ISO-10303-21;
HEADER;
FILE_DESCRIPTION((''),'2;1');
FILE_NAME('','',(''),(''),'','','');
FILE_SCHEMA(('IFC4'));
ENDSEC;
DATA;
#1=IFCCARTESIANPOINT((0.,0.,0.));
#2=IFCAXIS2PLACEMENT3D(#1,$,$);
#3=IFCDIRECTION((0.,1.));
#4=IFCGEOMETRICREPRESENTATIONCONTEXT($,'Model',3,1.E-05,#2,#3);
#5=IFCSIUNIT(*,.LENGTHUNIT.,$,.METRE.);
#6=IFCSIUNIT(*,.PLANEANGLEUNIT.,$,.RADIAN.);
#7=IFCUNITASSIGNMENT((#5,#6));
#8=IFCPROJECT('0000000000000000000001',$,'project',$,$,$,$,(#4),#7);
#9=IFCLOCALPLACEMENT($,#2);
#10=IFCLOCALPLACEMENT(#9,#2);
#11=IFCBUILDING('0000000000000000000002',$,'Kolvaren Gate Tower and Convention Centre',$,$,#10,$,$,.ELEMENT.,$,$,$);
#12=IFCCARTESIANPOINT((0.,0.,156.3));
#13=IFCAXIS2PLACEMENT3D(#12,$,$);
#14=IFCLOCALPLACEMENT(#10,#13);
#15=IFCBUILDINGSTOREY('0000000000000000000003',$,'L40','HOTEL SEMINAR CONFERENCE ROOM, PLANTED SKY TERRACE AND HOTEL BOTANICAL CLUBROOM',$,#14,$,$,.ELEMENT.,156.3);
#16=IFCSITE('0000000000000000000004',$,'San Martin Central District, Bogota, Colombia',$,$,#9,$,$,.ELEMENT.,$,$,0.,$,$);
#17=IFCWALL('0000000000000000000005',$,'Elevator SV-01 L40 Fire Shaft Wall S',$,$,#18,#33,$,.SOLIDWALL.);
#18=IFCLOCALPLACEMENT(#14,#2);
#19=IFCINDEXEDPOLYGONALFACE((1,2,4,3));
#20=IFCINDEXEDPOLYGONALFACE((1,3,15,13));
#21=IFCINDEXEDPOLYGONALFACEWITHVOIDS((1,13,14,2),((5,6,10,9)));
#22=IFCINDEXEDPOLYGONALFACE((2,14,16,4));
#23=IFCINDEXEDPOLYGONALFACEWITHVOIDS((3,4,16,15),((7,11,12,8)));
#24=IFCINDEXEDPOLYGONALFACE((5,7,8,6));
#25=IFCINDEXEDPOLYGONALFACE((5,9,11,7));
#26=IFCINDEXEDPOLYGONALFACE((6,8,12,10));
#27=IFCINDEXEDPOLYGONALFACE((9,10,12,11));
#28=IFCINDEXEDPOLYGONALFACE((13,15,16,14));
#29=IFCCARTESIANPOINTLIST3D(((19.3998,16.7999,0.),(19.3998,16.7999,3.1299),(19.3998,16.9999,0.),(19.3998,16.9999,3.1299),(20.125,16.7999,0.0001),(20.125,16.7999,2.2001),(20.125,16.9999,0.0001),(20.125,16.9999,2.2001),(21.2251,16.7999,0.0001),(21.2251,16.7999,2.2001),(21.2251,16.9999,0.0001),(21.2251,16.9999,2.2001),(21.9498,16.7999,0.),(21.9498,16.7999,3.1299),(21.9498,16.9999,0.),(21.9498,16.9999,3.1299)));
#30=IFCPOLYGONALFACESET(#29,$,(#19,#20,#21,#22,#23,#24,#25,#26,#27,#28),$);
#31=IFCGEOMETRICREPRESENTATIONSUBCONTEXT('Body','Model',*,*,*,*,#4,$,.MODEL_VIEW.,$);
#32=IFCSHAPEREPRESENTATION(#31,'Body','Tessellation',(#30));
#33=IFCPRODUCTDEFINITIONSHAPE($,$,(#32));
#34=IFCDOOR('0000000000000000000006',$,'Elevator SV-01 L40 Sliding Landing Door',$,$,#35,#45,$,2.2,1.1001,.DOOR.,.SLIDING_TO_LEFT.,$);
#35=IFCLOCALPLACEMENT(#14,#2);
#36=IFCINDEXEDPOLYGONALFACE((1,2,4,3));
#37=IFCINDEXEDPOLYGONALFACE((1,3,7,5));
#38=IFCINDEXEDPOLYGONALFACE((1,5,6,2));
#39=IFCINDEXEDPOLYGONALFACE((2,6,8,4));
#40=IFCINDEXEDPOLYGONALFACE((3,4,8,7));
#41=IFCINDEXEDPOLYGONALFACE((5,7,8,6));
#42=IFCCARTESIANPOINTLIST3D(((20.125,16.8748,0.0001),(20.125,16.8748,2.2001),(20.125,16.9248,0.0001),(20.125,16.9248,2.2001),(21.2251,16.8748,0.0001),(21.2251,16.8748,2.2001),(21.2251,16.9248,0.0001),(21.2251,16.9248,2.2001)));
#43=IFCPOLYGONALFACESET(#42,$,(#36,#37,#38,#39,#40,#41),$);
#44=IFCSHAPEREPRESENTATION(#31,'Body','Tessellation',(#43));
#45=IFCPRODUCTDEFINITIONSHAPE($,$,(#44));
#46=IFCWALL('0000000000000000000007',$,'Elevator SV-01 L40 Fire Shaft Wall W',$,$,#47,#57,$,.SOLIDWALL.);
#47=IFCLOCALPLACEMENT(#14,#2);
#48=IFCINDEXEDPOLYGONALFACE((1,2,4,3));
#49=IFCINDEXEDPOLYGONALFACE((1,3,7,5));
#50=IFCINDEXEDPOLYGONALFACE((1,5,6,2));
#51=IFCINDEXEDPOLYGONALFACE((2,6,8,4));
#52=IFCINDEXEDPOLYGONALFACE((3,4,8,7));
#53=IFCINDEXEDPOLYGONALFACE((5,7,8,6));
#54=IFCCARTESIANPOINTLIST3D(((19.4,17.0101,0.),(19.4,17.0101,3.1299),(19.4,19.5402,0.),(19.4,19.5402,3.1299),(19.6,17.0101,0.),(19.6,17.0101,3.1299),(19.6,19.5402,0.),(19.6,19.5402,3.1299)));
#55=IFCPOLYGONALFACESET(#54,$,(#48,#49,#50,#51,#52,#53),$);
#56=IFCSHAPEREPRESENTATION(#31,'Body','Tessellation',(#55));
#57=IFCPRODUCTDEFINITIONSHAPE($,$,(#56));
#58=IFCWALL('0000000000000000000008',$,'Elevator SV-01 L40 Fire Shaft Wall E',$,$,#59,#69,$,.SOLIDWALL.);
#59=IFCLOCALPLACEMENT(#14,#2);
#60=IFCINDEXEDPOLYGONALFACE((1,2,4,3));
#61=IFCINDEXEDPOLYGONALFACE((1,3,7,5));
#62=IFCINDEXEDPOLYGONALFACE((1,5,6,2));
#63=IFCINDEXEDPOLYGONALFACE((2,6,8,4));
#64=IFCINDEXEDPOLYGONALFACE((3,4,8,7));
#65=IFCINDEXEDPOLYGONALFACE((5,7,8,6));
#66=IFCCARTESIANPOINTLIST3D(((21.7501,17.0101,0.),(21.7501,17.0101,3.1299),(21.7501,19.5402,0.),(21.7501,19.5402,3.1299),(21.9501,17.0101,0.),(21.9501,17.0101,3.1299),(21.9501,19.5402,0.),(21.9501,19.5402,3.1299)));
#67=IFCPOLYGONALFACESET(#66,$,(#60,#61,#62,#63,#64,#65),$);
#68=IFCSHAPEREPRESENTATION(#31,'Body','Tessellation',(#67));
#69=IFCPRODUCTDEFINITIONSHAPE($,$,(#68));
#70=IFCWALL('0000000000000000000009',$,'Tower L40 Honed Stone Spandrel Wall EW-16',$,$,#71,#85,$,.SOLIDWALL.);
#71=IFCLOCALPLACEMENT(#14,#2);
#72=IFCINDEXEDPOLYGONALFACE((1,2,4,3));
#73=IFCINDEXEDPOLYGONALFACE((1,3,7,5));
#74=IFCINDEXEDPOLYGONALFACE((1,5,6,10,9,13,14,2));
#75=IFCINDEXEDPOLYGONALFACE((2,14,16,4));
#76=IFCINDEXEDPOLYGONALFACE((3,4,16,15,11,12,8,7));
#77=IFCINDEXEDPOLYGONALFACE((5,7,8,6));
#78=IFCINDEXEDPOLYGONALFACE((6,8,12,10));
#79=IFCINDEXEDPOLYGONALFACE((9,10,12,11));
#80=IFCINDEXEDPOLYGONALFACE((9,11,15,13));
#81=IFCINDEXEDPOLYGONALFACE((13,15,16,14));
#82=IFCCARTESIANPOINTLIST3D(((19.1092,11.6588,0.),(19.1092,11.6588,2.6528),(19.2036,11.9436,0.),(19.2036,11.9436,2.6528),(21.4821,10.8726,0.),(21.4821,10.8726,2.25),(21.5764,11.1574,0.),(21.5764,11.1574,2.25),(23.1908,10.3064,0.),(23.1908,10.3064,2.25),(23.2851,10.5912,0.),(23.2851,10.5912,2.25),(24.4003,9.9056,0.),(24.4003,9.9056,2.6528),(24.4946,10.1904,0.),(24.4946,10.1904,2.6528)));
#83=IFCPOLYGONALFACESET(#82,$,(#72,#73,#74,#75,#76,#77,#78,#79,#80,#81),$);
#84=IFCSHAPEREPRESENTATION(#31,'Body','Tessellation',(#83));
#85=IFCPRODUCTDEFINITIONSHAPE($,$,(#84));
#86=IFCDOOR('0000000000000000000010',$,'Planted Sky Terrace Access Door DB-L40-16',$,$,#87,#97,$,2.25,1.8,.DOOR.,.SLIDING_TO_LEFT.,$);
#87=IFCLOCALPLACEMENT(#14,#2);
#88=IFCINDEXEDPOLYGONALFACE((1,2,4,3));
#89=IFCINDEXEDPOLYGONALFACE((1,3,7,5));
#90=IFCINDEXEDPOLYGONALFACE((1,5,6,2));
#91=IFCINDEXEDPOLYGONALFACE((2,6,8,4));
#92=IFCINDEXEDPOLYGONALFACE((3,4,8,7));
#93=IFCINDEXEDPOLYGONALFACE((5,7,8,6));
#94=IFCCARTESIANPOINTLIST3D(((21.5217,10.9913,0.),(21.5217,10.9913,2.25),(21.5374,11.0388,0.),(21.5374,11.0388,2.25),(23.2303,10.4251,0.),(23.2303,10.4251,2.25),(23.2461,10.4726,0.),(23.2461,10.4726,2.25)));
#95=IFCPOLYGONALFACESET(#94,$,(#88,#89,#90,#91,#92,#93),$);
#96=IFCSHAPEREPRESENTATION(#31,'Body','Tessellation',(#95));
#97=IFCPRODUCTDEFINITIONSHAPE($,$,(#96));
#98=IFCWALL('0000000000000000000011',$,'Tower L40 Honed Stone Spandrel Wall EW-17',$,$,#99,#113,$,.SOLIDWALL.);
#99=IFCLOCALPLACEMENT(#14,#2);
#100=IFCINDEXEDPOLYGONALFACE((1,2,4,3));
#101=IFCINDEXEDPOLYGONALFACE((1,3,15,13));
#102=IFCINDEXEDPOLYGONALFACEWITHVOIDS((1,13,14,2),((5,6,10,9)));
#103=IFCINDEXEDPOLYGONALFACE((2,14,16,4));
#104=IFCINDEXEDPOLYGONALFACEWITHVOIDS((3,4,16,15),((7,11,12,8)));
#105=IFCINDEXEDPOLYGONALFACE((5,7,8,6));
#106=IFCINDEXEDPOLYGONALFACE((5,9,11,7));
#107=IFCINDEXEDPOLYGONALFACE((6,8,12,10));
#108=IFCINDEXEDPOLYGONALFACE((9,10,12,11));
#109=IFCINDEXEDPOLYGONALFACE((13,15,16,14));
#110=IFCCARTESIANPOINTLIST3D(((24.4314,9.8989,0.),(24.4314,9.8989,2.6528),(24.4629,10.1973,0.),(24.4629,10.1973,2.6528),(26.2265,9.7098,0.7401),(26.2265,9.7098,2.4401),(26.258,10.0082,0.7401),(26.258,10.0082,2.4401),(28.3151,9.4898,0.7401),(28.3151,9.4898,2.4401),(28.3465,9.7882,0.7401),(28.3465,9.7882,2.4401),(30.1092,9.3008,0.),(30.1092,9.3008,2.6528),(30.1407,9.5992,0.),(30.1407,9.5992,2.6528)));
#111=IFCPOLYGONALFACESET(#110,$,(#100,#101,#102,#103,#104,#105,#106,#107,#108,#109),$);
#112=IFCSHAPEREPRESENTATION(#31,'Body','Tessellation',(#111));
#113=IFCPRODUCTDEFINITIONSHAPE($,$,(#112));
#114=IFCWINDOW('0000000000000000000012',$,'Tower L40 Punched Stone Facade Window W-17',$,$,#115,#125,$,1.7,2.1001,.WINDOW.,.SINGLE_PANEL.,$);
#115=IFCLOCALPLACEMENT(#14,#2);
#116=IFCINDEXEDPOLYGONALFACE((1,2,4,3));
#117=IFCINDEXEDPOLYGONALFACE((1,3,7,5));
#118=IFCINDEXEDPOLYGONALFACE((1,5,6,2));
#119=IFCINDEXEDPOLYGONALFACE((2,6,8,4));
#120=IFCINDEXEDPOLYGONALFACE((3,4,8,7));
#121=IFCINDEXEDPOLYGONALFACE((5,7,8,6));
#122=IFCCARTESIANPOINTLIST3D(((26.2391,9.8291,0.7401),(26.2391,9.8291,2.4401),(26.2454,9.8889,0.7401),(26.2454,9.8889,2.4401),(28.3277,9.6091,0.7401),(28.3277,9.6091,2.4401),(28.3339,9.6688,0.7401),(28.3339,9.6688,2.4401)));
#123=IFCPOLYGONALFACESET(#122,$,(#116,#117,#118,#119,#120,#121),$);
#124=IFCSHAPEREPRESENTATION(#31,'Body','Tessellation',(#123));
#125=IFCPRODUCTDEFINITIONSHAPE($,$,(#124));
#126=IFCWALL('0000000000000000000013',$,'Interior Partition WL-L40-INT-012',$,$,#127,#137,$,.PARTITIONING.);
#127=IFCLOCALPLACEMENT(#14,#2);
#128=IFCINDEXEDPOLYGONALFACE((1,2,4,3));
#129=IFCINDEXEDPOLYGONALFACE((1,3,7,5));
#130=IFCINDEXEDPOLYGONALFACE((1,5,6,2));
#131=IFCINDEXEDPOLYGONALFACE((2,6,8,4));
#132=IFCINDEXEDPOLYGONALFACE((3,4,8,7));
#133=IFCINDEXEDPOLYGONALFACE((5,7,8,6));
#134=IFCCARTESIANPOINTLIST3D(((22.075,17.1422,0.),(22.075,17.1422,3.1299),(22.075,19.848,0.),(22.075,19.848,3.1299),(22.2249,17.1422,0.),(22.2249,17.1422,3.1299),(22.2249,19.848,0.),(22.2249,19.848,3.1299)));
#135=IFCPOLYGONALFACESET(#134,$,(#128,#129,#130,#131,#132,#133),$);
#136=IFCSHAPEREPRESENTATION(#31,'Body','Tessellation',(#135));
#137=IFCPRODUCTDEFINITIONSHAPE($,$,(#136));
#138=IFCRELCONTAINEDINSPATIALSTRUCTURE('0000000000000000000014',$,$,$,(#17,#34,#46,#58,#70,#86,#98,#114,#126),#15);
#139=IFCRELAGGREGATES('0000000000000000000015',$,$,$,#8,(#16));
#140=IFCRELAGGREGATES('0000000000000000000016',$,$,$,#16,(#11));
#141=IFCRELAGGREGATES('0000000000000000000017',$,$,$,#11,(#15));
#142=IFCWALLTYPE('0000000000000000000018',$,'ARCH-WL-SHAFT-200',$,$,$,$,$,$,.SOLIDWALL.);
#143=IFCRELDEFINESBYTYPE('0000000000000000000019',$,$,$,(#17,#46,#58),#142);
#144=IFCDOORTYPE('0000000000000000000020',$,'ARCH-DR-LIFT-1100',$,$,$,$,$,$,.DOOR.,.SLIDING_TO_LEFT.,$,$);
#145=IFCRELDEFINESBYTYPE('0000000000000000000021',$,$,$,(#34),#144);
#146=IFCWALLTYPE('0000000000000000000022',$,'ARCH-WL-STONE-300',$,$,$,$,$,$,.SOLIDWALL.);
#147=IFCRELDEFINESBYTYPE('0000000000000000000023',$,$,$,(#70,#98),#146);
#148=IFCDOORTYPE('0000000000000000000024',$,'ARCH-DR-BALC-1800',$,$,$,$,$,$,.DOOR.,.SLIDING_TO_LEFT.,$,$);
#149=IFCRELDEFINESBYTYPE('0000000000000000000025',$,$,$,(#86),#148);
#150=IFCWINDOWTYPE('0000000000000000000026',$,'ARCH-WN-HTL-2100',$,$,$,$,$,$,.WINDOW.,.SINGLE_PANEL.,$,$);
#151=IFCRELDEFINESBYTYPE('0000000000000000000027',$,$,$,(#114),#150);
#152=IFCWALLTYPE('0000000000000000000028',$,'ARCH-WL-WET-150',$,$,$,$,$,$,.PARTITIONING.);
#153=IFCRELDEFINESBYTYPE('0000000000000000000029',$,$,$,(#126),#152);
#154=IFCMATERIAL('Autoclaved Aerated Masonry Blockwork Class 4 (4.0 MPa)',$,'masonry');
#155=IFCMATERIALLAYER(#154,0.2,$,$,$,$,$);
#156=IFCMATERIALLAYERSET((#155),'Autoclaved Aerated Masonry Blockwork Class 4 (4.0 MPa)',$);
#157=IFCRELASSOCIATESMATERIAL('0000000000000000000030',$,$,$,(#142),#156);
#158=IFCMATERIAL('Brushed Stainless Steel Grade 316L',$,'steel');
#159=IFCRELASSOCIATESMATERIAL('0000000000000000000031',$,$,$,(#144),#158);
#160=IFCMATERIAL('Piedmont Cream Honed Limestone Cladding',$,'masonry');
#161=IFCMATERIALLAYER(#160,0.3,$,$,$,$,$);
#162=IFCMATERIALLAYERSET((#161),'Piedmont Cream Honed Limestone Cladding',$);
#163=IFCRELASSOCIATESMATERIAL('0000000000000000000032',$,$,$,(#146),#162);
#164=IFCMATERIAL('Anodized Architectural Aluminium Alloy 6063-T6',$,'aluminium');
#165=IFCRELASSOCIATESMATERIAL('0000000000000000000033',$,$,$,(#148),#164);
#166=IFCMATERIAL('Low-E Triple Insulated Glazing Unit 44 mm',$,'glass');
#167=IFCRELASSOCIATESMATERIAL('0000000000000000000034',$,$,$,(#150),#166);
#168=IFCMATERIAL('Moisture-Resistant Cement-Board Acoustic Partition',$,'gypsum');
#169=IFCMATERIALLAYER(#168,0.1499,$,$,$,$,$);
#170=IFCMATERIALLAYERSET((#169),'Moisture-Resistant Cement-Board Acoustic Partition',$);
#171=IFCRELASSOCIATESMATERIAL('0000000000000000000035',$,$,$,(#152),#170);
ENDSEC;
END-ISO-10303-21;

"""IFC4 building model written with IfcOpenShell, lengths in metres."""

from ifc_helpers import new_model, si_unit, direction, frame, frame_2d, origin, place, context, subcontext, project, spatial, rectangle, extrude, material, layer, layer_set, type_object, element, fill, save


model = new_model("IFC4")

# Units and contexts
model_context = context("Model", 3, precision=1e-05, world=origin(), true_north=direction((0.0, 1.0)))
body_context = subcontext(model_context, "Body", "Model", "MODEL_VIEW")
ifc_project = project(units=[si_unit("LENGTHUNIT", "METRE"), si_unit("PLANEANGLEUNIT", "RADIAN")], contexts=[model_context])

# Site, building, storey
site_placement = place(None, origin())
site = spatial("IfcSite", under=ifc_project, at=site_placement, Name="San Martin Central District, Bogota, Colombia", CompositionType="ELEMENT", RefElevation=0.0)
building_placement = place(site_placement, origin())
building = spatial("IfcBuilding", under=site, at=building_placement, Name="Kolvaren Gate Tower and Convention Centre", CompositionType="ELEMENT")
storey_placement = place(building_placement, frame((0.0, 0.0, 156.3)))
storey = spatial("IfcBuildingStorey", under=building, at=storey_placement, Name="L40", Description="HOTEL SEMINAR CONFERENCE ROOM, PLANTED SKY TERRACE AND HOTEL BOTANICAL CLUBROOM", CompositionType="ELEMENT", Elevation=156.3)

# Shared definitions
ifc_material_1 = material(Name="Autoclaved Aerated Masonry Blockwork Class 4 (4.0 MPa)", Category="masonry")

# Shared definitions
ifc_material_2 = material(Name="Piedmont Cream Honed Limestone Cladding", Category="masonry")

# Wall, opening, door
ifc_layer_1 = layer(ifc_material_1, 0.2)
ifc_layer_set_1 = layer_set([ifc_layer_1], Name="Autoclaved Aerated Masonry Blockwork Class 4 (4.0 MPa)")
wall_type_1 = type_object("IfcWallType", Name="ARCH-WL-SHAFT-200", PredefinedType="SOLIDWALL", material=ifc_layer_set_1)
wall_1_placement = place(storey_placement, frame((19.3999, 16.8999, 0.0), z_axis=(0.0, 0.0, 1.0), x_axis=(1.0, 0.0, 0.0)))
wall_1 = element("IfcWall", 1, at=wall_1_placement, inside=storey, type_object=wall_type_1, Name="Elevator SV-01 L40 Fire Shaft Wall S", PredefinedType="SOLIDWALL", context=body_context, shape_type="SweptSolid", body=[
    extrude(rectangle(XDim=2.55, YDim=0.2, at=frame_2d((1.2749, 0.0))), origin(), (0.0, 0.0, 1.0), 3.1299),
])
opening_1_placement = place(wall_1_placement, frame((0.7251, 0.0, 0.0)))
opening_1 = element("IfcOpeningElement", 2, at=opening_1_placement, cuts=wall_1, PredefinedType="OPENING", context=body_context, shape_type="SweptSolid", body=[
    extrude(rectangle(XDim=1.1001, YDim=2.2, at=frame_2d((0.55, 1.1001))), frame((0.0, 0.1099, 0.0), z_axis=(0.0, -1.0, 0.0), x_axis=(1.0, 0.0, 0.0)), (0.0, 0.0, 1.0), 0.22),
])
ifc_material_3 = material(Name="Brushed Stainless Steel Grade 316L", Category="steel")
door_type_1 = type_object("IfcDoorType", Name="ARCH-DR-LIFT-1100", OperationType="SLIDING_TO_LEFT", PredefinedType="DOOR", material=ifc_material_3)
door_1_placement = place(opening_1_placement, origin())
door_1 = element("IfcDoor", 3, at=door_1_placement, inside=storey, type_object=door_type_1, Name="Elevator SV-01 L40 Sliding Landing Door", OperationType="SLIDING_TO_LEFT", OverallHeight=2.2, OverallWidth=1.1001, PredefinedType="DOOR", context=body_context, shape_type="SweptSolid", body=[
    extrude(rectangle(XDim=1.1001, YDim=2.2, at=frame_2d((0.55, 1.1001))), frame((0.0, 0.0249, 0.0), z_axis=(0.0, -1.0, 0.0), x_axis=(1.0, 0.0, 0.0)), (0.0, 0.0, 1.0), 0.05),
])
fill(opening_1, door_1)

# Walls
for number, where, z_axis, x_axis, name in (
    (4, (19.5, 17.01, 0.0), (0.0, 0.0, 1.0), (0.0, 1.0, 0.0), "Elevator SV-01 L40 Fire Shaft Wall W"),
    (5, (21.8501, 17.01, 0.0), (0.0, 0.0, 1.0), (0.0, 1.0, 0.0), "Elevator SV-01 L40 Fire Shaft Wall E"),
):
    element("IfcWall", number, at=place(storey_placement, frame(where, z_axis=z_axis, x_axis=x_axis)), inside=storey, type_object=wall_type_1, Name=name, PredefinedType="SOLIDWALL", context=body_context, shape_type="SweptSolid", body=[
        extrude(rectangle(XDim=2.53, YDim=0.2, at=frame_2d((1.2651, 0.0))), origin(), (0.0, 0.0, 1.0), 3.1299),
    ])

# Wall, opening, door
ifc_layer_2 = layer(ifc_material_2, 0.3)
ifc_layer_set_2 = layer_set([ifc_layer_2], Name="Piedmont Cream Honed Limestone Cladding")
wall_type_2 = type_object("IfcWallType", Name="ARCH-WL-STONE-300", PredefinedType="SOLIDWALL", material=ifc_layer_set_2)
wall_2_placement = place(storey_placement, frame((19.1562, 11.8013, 0.0), z_axis=(0.0, 0.0, 1.0), x_axis=(0.949247, -0.314532, 0.0)))
wall_2 = element("IfcWall", 6, at=wall_2_placement, inside=storey, type_object=wall_type_2, Name="Tower L40 Honed Stone Spandrel Wall EW-16", PredefinedType="SOLIDWALL", context=body_context, shape_type="SweptSolid", body=[
    extrude(rectangle(XDim=5.574, YDim=0.3, at=frame_2d((2.7871, 0.0))), origin(), (0.0, 0.0, 1.0), 2.6528),
])
opening_2_placement = place(wall_2_placement, frame((2.5, 0.0, 0.0)))
opening_2 = element("IfcOpeningElement", 7, at=opening_2_placement, cuts=wall_2, PredefinedType="OPENING", context=body_context, shape_type="SweptSolid", body=[
    extrude(rectangle(XDim=1.8, YDim=2.25, at=frame_2d((0.8999, 1.125))), frame((0.0, 0.1599, 0.0), z_axis=(0.0, -1.0, 0.0), x_axis=(1.0, 0.0, 0.0)), (0.0, 0.0, 1.0), 0.3201),
])
ifc_material_4 = material(Name="Anodized Architectural Aluminium Alloy 6063-T6", Category="aluminium")
door_type_2 = type_object("IfcDoorType", Name="ARCH-DR-BALC-1800", OperationType="SLIDING_TO_LEFT", PredefinedType="DOOR", material=ifc_material_4)
door_2_placement = place(opening_2_placement, frame((1.8, 0.0, 0.0), z_axis=(0.0, 0.0, 1.0), x_axis=(-1.0, 0.0, 0.0)))
door_2 = element("IfcDoor", 8, at=door_2_placement, inside=storey, type_object=door_type_2, Name="Planted Sky Terrace Access Door DB-L40-16", OperationType="SLIDING_TO_LEFT", OverallHeight=2.25, OverallWidth=1.8, PredefinedType="DOOR", context=body_context, shape_type="SweptSolid", body=[
    extrude(rectangle(XDim=1.8, YDim=2.25, at=frame_2d((0.8999, 1.125))), frame((0.0, 0.0249, 0.0), z_axis=(0.0, -1.0, 0.0), x_axis=(1.0, 0.0, 0.0)), (0.0, 0.0, 1.0), 0.05),
])
fill(opening_2, door_2)

# Wall, opening, window
wall_3_placement = place(storey_placement, frame((24.4473, 10.0481, 0.0), z_axis=(0.0, 0.0, 1.0), x_axis=(0.994497, -0.104769, 0.0)))
wall_3 = element("IfcWall", 9, at=wall_3_placement, inside=storey, type_object=wall_type_2, Name="Tower L40 Honed Stone Spandrel Wall EW-17", PredefinedType="SOLIDWALL", context=body_context, shape_type="SweptSolid", body=[
    extrude(rectangle(XDim=5.7092, YDim=0.3, at=frame_2d((2.8545, 0.0))), origin(), (0.0, 0.0, 1.0), 2.6528),
])
opening_3_placement = place(wall_3_placement, frame((1.8049, 0.0, 0.74)))
opening_3 = element("IfcOpeningElement", 10, at=opening_3_placement, cuts=wall_3, PredefinedType="OPENING", context=body_context, shape_type="SweptSolid", body=[
    extrude(rectangle(XDim=2.1001, YDim=1.7, at=frame_2d((1.05, 0.8501))), frame((0.0, 0.1599, 0.0), z_axis=(0.0, -1.0, 0.0), x_axis=(1.0, 0.0, 0.0)), (0.0, 0.0, 1.0), 0.3201),
])
ifc_material_5 = material(Name="Low-E Triple Insulated Glazing Unit 44 mm", Category="glass")
window_type = type_object("IfcWindowType", Name="ARCH-WN-HTL-2100", PartitioningType="SINGLE_PANEL", PredefinedType="WINDOW", material=ifc_material_5)
window_placement = place(opening_3_placement, origin())
window = element("IfcWindow", 11, at=window_placement, inside=storey, type_object=window_type, Name="Tower L40 Punched Stone Facade Window W-17", OverallHeight=1.7, OverallWidth=2.1001, PartitioningType="SINGLE_PANEL", PredefinedType="WINDOW", context=body_context, shape_type="SweptSolid", body=[
    extrude(rectangle(XDim=2.1001, YDim=1.7, at=frame_2d((1.05, 0.8501))), frame((0.0, 0.03, 0.0), z_axis=(0.0, -1.0, 0.0), x_axis=(1.0, 0.0, 0.0)), (0.0, 0.0, 1.0), 0.0601),
])
fill(opening_3, window)

# Wall
ifc_material_6 = material(Name="Moisture-Resistant Cement-Board Acoustic Partition", Category="gypsum")
ifc_layer_3 = layer(ifc_material_6, 0.1499)
ifc_layer_set_3 = layer_set([ifc_layer_3], Name="Moisture-Resistant Cement-Board Acoustic Partition")
wall_type_3 = type_object("IfcWallType", Name="ARCH-WL-WET-150", PredefinedType="PARTITIONING", material=ifc_layer_set_3)
wall_4_placement = place(storey_placement, frame((22.1499, 17.1421, 0.0), z_axis=(0.0, 0.0, 1.0), x_axis=(0.0, 1.0, 0.0)))
element("IfcWall", 12, at=wall_4_placement, inside=storey, type_object=wall_type_3, Name="Interior Partition WL-L40-INT-012", PredefinedType="PARTITIONING", context=body_context, shape_type="SweptSolid", body=[
    extrude(rectangle(XDim=2.7058, YDim=0.1499, at=frame_2d((1.353, 0.0))), origin(), (0.0, 0.0, 1.0), 3.1299),
])

save(model, "model.ifc")
